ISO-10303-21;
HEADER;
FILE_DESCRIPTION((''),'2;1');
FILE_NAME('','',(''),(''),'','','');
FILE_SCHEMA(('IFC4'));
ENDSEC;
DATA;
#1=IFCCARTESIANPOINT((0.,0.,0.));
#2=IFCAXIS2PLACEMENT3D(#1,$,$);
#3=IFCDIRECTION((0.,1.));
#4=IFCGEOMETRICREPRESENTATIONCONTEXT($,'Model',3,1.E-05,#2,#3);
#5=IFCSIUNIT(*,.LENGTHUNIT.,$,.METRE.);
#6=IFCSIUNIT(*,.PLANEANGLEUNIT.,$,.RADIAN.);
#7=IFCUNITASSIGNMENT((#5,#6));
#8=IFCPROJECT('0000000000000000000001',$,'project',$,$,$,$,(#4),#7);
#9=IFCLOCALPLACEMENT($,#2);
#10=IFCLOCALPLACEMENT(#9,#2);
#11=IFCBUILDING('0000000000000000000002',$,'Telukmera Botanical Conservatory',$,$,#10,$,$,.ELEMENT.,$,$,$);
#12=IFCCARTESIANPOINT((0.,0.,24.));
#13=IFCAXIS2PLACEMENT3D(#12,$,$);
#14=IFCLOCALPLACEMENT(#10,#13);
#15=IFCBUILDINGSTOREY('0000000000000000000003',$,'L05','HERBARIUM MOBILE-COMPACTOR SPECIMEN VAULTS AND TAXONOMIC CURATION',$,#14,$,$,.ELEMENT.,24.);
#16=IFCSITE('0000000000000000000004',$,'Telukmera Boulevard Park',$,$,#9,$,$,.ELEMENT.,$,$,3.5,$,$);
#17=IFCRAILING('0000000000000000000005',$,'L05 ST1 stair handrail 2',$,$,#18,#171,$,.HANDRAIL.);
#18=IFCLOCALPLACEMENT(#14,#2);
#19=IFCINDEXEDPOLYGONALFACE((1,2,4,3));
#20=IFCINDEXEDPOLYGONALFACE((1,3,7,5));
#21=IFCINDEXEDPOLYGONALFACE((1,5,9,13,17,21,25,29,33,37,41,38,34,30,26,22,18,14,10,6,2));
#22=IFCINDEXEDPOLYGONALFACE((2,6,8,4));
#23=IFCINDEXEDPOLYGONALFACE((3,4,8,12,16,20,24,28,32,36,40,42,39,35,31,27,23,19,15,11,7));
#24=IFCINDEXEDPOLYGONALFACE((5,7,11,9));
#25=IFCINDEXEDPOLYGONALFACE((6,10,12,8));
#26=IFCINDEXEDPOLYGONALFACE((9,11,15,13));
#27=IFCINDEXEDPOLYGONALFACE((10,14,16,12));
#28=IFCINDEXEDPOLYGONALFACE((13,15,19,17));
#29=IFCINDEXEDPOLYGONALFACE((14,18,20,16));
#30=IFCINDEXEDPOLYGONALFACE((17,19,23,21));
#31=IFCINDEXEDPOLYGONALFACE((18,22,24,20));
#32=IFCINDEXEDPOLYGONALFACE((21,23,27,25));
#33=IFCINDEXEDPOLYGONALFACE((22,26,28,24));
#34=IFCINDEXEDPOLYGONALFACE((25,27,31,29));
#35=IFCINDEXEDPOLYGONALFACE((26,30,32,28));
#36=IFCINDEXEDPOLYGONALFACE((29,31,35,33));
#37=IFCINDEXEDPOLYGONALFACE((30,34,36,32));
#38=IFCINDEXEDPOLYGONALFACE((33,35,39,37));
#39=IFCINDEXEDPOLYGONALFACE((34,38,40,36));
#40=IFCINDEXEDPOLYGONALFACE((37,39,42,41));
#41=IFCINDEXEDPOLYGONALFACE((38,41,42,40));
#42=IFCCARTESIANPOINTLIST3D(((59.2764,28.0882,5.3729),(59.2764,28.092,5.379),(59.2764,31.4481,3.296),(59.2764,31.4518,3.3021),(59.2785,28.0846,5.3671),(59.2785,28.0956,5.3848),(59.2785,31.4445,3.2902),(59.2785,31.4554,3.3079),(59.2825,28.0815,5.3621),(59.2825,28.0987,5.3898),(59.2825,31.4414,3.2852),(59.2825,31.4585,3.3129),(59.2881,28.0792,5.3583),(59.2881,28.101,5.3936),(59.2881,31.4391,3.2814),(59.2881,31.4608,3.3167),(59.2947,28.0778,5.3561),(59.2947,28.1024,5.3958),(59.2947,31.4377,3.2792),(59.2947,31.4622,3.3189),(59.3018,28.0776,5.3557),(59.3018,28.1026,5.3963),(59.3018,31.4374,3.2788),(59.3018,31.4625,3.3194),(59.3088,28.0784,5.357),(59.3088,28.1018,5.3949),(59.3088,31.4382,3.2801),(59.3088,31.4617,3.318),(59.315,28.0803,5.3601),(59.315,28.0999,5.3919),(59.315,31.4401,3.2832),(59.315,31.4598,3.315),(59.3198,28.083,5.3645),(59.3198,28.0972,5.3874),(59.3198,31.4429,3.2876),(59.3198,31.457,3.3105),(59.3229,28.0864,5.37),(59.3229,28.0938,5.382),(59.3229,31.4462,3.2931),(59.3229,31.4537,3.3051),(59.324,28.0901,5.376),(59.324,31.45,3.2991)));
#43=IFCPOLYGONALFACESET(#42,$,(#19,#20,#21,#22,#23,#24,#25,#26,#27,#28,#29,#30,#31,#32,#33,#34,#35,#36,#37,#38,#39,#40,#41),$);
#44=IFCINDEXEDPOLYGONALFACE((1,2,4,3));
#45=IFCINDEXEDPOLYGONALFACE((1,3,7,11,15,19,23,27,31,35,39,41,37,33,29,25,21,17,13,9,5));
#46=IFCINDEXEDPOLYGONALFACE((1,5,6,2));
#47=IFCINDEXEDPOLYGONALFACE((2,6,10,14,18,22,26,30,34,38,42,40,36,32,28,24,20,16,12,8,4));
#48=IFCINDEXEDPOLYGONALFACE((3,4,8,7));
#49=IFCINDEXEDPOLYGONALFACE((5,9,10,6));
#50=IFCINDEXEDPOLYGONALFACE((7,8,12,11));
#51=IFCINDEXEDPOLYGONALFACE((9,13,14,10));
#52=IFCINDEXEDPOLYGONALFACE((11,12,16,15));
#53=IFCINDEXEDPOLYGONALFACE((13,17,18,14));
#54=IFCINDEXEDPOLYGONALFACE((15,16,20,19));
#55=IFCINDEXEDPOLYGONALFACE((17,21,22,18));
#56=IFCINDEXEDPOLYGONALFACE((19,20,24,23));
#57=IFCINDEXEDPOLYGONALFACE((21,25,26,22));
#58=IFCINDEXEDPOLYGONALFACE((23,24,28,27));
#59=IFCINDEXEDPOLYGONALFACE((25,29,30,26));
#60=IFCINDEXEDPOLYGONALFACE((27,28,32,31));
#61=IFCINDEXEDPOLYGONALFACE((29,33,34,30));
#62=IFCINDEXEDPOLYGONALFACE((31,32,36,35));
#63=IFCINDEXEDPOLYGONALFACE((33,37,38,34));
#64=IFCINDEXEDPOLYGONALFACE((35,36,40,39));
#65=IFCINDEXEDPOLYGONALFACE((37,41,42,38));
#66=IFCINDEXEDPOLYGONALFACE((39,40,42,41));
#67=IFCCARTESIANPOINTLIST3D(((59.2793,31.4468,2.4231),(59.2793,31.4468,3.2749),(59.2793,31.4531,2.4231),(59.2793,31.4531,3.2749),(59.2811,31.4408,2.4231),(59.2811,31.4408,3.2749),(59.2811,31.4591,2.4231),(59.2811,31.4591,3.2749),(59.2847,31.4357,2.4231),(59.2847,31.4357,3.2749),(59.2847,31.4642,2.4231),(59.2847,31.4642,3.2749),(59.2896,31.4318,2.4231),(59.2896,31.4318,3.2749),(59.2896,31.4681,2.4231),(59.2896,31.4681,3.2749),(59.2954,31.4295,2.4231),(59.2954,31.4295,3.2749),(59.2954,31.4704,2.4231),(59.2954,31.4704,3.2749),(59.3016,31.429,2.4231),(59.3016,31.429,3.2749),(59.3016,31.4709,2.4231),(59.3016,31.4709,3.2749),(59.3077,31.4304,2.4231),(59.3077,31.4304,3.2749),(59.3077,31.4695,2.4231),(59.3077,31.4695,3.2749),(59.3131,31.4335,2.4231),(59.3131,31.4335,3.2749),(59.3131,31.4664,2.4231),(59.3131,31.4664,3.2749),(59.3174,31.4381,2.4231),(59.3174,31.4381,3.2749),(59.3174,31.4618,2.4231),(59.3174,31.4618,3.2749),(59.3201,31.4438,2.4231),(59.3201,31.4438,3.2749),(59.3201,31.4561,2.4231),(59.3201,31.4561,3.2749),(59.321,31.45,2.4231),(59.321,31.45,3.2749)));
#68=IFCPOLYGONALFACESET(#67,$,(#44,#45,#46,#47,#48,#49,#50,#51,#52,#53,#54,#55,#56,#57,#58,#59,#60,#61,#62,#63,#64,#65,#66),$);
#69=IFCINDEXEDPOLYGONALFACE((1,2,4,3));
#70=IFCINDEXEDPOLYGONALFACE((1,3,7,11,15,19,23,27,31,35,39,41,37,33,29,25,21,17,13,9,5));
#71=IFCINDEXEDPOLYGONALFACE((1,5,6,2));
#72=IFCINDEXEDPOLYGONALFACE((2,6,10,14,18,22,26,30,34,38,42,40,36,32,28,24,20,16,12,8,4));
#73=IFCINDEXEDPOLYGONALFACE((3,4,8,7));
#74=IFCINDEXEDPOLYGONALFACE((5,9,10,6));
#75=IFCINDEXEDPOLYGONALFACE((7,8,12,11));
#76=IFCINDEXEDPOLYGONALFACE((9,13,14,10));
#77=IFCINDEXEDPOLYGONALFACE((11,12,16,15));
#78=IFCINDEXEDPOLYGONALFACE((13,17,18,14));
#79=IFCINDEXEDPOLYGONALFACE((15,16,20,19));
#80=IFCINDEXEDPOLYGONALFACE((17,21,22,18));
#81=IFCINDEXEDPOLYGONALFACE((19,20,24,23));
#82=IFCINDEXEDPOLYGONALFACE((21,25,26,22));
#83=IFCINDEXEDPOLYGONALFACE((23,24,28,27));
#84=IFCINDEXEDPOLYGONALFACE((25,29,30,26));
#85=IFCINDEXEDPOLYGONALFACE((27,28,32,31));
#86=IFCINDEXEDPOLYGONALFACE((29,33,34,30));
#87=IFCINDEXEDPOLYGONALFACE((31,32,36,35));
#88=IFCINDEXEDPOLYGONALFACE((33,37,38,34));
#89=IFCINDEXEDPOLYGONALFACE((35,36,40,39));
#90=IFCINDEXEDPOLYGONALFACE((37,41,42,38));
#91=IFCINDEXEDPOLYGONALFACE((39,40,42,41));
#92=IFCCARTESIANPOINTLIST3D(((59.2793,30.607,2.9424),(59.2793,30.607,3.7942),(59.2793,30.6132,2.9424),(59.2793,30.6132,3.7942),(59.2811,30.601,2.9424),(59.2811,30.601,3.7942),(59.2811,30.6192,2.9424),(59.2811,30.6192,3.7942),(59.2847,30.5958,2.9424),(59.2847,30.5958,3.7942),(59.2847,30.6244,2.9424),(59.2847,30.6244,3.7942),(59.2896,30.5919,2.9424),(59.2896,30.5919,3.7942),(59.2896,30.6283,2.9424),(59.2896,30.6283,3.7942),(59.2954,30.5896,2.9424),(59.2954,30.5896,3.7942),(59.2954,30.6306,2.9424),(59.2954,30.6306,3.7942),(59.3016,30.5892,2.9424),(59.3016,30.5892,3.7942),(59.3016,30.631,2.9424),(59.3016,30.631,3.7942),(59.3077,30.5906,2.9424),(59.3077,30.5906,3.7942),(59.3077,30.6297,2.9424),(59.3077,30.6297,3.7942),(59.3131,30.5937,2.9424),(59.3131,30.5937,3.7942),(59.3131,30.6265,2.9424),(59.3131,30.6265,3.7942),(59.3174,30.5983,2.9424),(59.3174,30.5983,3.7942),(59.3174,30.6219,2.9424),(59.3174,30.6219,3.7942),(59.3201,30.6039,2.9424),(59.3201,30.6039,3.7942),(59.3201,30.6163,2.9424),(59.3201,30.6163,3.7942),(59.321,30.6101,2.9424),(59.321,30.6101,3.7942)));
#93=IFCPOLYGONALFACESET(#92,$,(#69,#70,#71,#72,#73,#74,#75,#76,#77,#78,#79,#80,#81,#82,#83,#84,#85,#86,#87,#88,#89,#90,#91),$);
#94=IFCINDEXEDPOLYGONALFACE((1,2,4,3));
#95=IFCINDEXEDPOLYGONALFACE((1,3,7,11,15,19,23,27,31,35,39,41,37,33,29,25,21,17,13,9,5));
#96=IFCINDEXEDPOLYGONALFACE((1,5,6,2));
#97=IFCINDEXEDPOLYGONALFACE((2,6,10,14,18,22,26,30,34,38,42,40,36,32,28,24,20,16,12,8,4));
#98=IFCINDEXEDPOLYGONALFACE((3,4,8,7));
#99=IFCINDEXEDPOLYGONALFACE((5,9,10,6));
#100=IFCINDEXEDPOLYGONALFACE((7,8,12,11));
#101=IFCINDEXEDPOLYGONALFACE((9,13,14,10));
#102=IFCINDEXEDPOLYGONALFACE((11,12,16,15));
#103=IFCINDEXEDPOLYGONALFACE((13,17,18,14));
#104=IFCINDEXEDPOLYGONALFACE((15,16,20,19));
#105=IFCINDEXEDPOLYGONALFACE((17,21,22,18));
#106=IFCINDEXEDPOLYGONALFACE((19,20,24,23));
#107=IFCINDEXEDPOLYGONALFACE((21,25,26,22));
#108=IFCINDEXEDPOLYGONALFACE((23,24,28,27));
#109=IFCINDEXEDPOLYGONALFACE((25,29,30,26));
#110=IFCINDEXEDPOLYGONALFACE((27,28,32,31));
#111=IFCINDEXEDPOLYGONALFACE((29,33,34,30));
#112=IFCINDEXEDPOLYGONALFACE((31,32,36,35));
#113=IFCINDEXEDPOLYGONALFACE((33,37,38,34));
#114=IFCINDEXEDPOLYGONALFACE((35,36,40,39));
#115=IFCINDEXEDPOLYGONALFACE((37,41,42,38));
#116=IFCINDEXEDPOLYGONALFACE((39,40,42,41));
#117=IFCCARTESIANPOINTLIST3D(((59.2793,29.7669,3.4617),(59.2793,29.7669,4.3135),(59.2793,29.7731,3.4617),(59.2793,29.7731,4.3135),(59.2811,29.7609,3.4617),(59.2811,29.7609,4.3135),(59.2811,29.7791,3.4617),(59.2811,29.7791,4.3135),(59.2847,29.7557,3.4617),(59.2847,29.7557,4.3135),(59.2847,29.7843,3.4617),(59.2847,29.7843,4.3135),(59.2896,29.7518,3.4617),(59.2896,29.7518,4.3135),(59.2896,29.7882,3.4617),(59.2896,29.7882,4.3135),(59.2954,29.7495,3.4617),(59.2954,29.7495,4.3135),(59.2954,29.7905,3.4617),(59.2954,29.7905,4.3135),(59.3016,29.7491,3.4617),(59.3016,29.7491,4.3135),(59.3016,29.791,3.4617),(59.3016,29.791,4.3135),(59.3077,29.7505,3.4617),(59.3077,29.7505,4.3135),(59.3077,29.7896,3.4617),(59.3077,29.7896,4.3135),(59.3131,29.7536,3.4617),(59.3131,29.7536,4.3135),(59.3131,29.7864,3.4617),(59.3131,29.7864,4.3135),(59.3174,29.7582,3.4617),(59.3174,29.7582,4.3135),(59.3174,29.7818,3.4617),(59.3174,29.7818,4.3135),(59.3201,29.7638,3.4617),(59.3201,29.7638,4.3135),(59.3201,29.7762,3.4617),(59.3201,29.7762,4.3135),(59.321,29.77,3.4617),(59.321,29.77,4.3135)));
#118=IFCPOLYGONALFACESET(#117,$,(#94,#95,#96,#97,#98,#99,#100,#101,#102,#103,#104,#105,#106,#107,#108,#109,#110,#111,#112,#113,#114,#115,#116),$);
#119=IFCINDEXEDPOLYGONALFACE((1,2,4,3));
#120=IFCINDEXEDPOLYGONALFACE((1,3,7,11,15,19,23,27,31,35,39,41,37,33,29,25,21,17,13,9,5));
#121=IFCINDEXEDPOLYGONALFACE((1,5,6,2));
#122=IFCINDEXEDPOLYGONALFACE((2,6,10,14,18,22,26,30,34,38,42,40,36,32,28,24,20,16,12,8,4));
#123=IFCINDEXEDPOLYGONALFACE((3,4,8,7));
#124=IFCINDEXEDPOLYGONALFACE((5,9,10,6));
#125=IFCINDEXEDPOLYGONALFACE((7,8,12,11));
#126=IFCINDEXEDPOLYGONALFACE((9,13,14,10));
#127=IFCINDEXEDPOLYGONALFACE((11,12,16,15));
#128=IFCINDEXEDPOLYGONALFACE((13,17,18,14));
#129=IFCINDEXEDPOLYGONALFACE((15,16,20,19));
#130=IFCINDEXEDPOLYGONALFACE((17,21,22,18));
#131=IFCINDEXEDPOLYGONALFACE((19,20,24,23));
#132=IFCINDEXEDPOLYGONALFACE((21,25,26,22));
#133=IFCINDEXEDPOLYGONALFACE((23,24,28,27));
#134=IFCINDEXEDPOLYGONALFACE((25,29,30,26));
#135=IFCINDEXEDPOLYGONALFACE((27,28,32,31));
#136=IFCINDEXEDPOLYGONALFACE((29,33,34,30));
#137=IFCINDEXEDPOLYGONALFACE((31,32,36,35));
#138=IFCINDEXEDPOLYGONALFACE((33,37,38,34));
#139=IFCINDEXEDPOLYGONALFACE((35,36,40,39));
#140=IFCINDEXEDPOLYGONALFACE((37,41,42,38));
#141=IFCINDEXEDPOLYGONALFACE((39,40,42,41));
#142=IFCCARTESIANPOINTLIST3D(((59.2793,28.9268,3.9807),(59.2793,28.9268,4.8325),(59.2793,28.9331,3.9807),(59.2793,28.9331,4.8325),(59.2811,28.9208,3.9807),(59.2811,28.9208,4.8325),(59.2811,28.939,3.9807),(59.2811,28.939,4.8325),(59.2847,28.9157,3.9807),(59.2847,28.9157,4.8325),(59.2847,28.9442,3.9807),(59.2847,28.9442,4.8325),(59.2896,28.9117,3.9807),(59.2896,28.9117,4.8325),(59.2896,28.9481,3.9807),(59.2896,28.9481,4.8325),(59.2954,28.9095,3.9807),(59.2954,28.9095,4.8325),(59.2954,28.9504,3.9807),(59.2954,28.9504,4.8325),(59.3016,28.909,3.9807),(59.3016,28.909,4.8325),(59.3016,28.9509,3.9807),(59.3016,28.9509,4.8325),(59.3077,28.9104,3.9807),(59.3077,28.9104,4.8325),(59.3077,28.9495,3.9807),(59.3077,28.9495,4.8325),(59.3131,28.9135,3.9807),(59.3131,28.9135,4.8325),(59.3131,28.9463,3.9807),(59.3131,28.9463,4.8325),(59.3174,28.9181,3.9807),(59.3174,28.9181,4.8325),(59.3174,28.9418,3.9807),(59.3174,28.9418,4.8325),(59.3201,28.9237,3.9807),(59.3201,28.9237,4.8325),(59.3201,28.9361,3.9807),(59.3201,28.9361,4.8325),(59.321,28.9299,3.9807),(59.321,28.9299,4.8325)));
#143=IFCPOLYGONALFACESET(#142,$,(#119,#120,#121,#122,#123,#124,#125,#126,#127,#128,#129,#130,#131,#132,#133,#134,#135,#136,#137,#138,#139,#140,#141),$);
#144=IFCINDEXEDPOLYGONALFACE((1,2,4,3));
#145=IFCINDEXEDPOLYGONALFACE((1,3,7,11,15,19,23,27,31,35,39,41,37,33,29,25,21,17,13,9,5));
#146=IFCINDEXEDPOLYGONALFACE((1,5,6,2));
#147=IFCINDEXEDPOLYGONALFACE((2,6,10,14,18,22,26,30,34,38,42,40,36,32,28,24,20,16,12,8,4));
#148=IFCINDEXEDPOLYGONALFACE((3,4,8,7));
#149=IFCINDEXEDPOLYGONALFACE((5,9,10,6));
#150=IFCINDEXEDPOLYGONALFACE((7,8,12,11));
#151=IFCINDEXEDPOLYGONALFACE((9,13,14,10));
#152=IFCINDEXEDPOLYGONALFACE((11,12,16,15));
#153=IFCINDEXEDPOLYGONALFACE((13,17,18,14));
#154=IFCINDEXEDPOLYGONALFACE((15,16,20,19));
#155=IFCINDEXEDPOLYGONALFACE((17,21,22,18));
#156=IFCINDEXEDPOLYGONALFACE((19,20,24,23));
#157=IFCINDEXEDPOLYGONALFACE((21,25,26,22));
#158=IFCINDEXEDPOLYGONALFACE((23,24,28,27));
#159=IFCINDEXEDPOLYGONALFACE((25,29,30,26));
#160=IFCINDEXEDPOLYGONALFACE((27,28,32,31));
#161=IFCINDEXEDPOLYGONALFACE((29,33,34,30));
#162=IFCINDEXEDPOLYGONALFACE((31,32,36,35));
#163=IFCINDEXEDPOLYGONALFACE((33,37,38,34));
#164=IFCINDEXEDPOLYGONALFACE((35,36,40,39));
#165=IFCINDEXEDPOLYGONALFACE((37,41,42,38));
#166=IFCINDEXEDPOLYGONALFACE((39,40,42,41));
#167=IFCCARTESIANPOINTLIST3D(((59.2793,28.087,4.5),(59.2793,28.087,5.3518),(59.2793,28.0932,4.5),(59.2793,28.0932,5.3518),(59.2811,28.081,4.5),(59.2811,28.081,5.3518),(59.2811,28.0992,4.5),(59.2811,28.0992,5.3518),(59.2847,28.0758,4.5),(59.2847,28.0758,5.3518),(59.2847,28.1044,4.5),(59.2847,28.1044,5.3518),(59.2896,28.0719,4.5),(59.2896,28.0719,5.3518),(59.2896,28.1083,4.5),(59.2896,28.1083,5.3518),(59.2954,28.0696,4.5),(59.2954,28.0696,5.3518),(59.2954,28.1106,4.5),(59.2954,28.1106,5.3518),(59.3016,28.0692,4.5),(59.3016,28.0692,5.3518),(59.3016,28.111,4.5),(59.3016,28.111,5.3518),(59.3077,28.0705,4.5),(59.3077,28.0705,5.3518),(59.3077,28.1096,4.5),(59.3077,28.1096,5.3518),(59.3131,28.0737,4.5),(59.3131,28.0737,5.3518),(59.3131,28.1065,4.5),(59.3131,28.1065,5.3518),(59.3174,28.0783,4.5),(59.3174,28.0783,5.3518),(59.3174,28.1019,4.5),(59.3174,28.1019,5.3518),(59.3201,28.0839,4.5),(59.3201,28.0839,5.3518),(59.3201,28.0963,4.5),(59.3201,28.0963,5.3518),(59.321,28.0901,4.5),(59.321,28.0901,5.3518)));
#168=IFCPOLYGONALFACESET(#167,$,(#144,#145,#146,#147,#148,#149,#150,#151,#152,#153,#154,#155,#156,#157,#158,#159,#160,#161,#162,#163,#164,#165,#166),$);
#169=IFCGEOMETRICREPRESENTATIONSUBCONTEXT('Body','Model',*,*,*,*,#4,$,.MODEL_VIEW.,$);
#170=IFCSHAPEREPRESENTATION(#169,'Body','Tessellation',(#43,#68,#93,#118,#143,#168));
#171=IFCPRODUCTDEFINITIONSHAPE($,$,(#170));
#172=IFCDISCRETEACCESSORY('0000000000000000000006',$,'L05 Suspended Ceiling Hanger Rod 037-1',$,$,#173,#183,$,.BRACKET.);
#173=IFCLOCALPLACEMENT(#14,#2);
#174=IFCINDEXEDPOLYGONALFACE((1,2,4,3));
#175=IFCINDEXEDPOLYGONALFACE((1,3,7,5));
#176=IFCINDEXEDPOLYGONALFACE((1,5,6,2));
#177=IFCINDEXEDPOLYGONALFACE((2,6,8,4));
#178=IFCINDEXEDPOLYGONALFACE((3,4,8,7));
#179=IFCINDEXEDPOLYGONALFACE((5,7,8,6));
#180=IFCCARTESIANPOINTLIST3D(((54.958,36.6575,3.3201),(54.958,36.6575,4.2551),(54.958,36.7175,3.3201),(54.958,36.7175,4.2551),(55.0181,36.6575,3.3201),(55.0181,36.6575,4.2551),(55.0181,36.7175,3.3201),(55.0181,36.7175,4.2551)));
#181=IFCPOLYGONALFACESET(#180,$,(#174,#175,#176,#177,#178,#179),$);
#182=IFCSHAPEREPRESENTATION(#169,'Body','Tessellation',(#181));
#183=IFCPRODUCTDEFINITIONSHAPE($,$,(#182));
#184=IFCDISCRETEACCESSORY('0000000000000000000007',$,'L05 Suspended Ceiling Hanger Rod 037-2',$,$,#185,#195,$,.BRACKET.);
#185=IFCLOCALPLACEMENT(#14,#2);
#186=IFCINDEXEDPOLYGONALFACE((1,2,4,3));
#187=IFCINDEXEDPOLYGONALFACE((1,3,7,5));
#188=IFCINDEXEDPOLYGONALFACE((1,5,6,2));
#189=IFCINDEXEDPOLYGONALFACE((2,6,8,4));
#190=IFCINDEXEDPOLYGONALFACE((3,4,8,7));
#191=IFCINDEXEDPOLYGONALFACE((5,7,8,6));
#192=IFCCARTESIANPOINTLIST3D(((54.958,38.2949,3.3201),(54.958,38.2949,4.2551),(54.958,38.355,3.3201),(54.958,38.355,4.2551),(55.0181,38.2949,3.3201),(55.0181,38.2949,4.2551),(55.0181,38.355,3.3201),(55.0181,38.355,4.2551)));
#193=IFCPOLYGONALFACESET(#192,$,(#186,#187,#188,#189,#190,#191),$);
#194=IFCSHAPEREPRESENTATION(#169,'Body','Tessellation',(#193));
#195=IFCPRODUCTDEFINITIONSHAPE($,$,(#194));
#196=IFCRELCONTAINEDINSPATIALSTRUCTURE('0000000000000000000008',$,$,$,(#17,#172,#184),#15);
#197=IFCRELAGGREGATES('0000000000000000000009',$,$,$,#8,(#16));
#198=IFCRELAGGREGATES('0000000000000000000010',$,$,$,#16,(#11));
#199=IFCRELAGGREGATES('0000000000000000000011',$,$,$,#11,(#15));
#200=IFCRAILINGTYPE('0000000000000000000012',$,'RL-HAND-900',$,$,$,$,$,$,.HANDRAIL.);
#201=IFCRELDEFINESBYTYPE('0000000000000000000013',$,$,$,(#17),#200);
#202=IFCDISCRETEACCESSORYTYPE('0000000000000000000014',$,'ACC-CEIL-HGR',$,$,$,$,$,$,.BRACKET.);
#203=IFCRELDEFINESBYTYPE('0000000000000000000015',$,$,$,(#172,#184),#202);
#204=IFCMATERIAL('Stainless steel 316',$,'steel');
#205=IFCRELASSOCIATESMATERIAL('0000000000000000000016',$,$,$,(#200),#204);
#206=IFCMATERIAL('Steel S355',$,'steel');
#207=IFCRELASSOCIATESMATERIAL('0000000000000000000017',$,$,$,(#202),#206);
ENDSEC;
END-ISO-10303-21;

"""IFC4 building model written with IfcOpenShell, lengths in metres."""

from ifc_helpers import new_model, si_unit, direction, frame, origin, origin_2d, place, context, subcontext, project, spatial, rectangle, circle, extrude, material, type_object, element, save


model = new_model("IFC4")

# Units and contexts
model_context = context("Model", 3, precision=1e-05, world=origin(), true_north=direction((0.0, 1.0)))
body_context = subcontext(model_context, "Body", "Model", "MODEL_VIEW")
ifc_project = project(units=[si_unit("LENGTHUNIT", "METRE"), si_unit("PLANEANGLEUNIT", "RADIAN")], contexts=[model_context])

# Site, building, storey
site_placement = place(None, origin())
site = spatial("IfcSite", under=ifc_project, at=site_placement, Name="Telukmera Boulevard Park", CompositionType="ELEMENT", RefElevation=3.5)
building_placement = place(site_placement, origin())
building = spatial("IfcBuilding", under=site, at=building_placement, Name="Telukmera Botanical Conservatory", CompositionType="ELEMENT")
storey_placement = place(building_placement, frame((0.0, 0.0, 24.0)))
storey = spatial("IfcBuildingStorey", under=building, at=storey_placement, Name="L05", Description="HERBARIUM MOBILE-COMPACTOR SPECIMEN VAULTS AND TAXONOMIC CURATION", CompositionType="ELEMENT", Elevation=24.0)

# Railing
ifc_material_1 = material(Name="Steel S355", Category="steel")
ifc_material_2 = material(Name="Stainless steel 316", Category="steel")
railing_type_1 = type_object("IfcRailingType", Name="RL-HAND-900", PredefinedType="HANDRAIL", material=ifc_material_2)
railing_1_placement = place(storey_placement, frame((59.3, 31.45, 2.4231)))
element("IfcRailing", 1, at=railing_1_placement, inside=storey, type_object=railing_type_1, Name="L05 ST1 stair handrail 2", PredefinedType="HANDRAIL", context=body_context, shape_type="SweptSolid", body=[
    extrude(circle(Radius=0.0239, at=origin_2d()), frame((0.0, 0.0, 0.876), z_axis=(0.0, -0.850606, 0.525803), x_axis=(1.0, 0.0, 0.0)), (0.0, 0.0, 1.0), 3.95),
    extrude(circle(Radius=0.021, at=origin_2d()), origin(), (0.0, 0.0, 1.0), 0.8518),
    extrude(circle(Radius=0.021, at=origin_2d()), frame((0.0, -0.8398, 0.5193)), (0.0, 0.0, 1.0), 0.8518),
    extrude(circle(Radius=0.021, at=origin_2d()), frame((0.0, -1.6799, 1.0386)), (0.0, 0.0, 1.0), 0.8518),
    extrude(circle(Radius=0.021, at=origin_2d()), frame((0.0, -2.52, 1.5576)), (0.0, 0.0, 1.0), 0.8518),
    extrude(circle(Radius=0.021, at=origin_2d()), frame((0.0, -3.3599, 2.0769)), (0.0, 0.0, 1.0), 0.8518),
])

# Discrete accessories
discrete_accessory_type = type_object("IfcDiscreteAccessoryType", Name="ACC-CEIL-HGR", PredefinedType="BRACKET", material=ifc_material_1)
for number, where, z_axis, x_axis, name in (
    (2, (54.988, 36.6875, 3.3201), (0.0, 0.0, 1.0), (1.0, 0.0, 0.0), "L05 Suspended Ceiling Hanger Rod 037-1"),
    (3, (54.988, 38.325, 3.3201), (0.0, 0.0, 1.0), (1.0, 0.0, 0.0), "L05 Suspended Ceiling Hanger Rod 037-2"),
):
    element("IfcDiscreteAccessory", number, at=place(storey_placement, frame(where, z_axis=z_axis, x_axis=x_axis)), inside=storey, type_object=discrete_accessory_type, Name=name, PredefinedType="BRACKET", context=body_context, shape_type="SweptSolid", body=[
        extrude(rectangle(XDim=0.0601, YDim=0.0601, at=origin_2d()), origin(), (0.0, 0.0, 1.0), 0.9351),
    ])

save(model, "model.ifc")
